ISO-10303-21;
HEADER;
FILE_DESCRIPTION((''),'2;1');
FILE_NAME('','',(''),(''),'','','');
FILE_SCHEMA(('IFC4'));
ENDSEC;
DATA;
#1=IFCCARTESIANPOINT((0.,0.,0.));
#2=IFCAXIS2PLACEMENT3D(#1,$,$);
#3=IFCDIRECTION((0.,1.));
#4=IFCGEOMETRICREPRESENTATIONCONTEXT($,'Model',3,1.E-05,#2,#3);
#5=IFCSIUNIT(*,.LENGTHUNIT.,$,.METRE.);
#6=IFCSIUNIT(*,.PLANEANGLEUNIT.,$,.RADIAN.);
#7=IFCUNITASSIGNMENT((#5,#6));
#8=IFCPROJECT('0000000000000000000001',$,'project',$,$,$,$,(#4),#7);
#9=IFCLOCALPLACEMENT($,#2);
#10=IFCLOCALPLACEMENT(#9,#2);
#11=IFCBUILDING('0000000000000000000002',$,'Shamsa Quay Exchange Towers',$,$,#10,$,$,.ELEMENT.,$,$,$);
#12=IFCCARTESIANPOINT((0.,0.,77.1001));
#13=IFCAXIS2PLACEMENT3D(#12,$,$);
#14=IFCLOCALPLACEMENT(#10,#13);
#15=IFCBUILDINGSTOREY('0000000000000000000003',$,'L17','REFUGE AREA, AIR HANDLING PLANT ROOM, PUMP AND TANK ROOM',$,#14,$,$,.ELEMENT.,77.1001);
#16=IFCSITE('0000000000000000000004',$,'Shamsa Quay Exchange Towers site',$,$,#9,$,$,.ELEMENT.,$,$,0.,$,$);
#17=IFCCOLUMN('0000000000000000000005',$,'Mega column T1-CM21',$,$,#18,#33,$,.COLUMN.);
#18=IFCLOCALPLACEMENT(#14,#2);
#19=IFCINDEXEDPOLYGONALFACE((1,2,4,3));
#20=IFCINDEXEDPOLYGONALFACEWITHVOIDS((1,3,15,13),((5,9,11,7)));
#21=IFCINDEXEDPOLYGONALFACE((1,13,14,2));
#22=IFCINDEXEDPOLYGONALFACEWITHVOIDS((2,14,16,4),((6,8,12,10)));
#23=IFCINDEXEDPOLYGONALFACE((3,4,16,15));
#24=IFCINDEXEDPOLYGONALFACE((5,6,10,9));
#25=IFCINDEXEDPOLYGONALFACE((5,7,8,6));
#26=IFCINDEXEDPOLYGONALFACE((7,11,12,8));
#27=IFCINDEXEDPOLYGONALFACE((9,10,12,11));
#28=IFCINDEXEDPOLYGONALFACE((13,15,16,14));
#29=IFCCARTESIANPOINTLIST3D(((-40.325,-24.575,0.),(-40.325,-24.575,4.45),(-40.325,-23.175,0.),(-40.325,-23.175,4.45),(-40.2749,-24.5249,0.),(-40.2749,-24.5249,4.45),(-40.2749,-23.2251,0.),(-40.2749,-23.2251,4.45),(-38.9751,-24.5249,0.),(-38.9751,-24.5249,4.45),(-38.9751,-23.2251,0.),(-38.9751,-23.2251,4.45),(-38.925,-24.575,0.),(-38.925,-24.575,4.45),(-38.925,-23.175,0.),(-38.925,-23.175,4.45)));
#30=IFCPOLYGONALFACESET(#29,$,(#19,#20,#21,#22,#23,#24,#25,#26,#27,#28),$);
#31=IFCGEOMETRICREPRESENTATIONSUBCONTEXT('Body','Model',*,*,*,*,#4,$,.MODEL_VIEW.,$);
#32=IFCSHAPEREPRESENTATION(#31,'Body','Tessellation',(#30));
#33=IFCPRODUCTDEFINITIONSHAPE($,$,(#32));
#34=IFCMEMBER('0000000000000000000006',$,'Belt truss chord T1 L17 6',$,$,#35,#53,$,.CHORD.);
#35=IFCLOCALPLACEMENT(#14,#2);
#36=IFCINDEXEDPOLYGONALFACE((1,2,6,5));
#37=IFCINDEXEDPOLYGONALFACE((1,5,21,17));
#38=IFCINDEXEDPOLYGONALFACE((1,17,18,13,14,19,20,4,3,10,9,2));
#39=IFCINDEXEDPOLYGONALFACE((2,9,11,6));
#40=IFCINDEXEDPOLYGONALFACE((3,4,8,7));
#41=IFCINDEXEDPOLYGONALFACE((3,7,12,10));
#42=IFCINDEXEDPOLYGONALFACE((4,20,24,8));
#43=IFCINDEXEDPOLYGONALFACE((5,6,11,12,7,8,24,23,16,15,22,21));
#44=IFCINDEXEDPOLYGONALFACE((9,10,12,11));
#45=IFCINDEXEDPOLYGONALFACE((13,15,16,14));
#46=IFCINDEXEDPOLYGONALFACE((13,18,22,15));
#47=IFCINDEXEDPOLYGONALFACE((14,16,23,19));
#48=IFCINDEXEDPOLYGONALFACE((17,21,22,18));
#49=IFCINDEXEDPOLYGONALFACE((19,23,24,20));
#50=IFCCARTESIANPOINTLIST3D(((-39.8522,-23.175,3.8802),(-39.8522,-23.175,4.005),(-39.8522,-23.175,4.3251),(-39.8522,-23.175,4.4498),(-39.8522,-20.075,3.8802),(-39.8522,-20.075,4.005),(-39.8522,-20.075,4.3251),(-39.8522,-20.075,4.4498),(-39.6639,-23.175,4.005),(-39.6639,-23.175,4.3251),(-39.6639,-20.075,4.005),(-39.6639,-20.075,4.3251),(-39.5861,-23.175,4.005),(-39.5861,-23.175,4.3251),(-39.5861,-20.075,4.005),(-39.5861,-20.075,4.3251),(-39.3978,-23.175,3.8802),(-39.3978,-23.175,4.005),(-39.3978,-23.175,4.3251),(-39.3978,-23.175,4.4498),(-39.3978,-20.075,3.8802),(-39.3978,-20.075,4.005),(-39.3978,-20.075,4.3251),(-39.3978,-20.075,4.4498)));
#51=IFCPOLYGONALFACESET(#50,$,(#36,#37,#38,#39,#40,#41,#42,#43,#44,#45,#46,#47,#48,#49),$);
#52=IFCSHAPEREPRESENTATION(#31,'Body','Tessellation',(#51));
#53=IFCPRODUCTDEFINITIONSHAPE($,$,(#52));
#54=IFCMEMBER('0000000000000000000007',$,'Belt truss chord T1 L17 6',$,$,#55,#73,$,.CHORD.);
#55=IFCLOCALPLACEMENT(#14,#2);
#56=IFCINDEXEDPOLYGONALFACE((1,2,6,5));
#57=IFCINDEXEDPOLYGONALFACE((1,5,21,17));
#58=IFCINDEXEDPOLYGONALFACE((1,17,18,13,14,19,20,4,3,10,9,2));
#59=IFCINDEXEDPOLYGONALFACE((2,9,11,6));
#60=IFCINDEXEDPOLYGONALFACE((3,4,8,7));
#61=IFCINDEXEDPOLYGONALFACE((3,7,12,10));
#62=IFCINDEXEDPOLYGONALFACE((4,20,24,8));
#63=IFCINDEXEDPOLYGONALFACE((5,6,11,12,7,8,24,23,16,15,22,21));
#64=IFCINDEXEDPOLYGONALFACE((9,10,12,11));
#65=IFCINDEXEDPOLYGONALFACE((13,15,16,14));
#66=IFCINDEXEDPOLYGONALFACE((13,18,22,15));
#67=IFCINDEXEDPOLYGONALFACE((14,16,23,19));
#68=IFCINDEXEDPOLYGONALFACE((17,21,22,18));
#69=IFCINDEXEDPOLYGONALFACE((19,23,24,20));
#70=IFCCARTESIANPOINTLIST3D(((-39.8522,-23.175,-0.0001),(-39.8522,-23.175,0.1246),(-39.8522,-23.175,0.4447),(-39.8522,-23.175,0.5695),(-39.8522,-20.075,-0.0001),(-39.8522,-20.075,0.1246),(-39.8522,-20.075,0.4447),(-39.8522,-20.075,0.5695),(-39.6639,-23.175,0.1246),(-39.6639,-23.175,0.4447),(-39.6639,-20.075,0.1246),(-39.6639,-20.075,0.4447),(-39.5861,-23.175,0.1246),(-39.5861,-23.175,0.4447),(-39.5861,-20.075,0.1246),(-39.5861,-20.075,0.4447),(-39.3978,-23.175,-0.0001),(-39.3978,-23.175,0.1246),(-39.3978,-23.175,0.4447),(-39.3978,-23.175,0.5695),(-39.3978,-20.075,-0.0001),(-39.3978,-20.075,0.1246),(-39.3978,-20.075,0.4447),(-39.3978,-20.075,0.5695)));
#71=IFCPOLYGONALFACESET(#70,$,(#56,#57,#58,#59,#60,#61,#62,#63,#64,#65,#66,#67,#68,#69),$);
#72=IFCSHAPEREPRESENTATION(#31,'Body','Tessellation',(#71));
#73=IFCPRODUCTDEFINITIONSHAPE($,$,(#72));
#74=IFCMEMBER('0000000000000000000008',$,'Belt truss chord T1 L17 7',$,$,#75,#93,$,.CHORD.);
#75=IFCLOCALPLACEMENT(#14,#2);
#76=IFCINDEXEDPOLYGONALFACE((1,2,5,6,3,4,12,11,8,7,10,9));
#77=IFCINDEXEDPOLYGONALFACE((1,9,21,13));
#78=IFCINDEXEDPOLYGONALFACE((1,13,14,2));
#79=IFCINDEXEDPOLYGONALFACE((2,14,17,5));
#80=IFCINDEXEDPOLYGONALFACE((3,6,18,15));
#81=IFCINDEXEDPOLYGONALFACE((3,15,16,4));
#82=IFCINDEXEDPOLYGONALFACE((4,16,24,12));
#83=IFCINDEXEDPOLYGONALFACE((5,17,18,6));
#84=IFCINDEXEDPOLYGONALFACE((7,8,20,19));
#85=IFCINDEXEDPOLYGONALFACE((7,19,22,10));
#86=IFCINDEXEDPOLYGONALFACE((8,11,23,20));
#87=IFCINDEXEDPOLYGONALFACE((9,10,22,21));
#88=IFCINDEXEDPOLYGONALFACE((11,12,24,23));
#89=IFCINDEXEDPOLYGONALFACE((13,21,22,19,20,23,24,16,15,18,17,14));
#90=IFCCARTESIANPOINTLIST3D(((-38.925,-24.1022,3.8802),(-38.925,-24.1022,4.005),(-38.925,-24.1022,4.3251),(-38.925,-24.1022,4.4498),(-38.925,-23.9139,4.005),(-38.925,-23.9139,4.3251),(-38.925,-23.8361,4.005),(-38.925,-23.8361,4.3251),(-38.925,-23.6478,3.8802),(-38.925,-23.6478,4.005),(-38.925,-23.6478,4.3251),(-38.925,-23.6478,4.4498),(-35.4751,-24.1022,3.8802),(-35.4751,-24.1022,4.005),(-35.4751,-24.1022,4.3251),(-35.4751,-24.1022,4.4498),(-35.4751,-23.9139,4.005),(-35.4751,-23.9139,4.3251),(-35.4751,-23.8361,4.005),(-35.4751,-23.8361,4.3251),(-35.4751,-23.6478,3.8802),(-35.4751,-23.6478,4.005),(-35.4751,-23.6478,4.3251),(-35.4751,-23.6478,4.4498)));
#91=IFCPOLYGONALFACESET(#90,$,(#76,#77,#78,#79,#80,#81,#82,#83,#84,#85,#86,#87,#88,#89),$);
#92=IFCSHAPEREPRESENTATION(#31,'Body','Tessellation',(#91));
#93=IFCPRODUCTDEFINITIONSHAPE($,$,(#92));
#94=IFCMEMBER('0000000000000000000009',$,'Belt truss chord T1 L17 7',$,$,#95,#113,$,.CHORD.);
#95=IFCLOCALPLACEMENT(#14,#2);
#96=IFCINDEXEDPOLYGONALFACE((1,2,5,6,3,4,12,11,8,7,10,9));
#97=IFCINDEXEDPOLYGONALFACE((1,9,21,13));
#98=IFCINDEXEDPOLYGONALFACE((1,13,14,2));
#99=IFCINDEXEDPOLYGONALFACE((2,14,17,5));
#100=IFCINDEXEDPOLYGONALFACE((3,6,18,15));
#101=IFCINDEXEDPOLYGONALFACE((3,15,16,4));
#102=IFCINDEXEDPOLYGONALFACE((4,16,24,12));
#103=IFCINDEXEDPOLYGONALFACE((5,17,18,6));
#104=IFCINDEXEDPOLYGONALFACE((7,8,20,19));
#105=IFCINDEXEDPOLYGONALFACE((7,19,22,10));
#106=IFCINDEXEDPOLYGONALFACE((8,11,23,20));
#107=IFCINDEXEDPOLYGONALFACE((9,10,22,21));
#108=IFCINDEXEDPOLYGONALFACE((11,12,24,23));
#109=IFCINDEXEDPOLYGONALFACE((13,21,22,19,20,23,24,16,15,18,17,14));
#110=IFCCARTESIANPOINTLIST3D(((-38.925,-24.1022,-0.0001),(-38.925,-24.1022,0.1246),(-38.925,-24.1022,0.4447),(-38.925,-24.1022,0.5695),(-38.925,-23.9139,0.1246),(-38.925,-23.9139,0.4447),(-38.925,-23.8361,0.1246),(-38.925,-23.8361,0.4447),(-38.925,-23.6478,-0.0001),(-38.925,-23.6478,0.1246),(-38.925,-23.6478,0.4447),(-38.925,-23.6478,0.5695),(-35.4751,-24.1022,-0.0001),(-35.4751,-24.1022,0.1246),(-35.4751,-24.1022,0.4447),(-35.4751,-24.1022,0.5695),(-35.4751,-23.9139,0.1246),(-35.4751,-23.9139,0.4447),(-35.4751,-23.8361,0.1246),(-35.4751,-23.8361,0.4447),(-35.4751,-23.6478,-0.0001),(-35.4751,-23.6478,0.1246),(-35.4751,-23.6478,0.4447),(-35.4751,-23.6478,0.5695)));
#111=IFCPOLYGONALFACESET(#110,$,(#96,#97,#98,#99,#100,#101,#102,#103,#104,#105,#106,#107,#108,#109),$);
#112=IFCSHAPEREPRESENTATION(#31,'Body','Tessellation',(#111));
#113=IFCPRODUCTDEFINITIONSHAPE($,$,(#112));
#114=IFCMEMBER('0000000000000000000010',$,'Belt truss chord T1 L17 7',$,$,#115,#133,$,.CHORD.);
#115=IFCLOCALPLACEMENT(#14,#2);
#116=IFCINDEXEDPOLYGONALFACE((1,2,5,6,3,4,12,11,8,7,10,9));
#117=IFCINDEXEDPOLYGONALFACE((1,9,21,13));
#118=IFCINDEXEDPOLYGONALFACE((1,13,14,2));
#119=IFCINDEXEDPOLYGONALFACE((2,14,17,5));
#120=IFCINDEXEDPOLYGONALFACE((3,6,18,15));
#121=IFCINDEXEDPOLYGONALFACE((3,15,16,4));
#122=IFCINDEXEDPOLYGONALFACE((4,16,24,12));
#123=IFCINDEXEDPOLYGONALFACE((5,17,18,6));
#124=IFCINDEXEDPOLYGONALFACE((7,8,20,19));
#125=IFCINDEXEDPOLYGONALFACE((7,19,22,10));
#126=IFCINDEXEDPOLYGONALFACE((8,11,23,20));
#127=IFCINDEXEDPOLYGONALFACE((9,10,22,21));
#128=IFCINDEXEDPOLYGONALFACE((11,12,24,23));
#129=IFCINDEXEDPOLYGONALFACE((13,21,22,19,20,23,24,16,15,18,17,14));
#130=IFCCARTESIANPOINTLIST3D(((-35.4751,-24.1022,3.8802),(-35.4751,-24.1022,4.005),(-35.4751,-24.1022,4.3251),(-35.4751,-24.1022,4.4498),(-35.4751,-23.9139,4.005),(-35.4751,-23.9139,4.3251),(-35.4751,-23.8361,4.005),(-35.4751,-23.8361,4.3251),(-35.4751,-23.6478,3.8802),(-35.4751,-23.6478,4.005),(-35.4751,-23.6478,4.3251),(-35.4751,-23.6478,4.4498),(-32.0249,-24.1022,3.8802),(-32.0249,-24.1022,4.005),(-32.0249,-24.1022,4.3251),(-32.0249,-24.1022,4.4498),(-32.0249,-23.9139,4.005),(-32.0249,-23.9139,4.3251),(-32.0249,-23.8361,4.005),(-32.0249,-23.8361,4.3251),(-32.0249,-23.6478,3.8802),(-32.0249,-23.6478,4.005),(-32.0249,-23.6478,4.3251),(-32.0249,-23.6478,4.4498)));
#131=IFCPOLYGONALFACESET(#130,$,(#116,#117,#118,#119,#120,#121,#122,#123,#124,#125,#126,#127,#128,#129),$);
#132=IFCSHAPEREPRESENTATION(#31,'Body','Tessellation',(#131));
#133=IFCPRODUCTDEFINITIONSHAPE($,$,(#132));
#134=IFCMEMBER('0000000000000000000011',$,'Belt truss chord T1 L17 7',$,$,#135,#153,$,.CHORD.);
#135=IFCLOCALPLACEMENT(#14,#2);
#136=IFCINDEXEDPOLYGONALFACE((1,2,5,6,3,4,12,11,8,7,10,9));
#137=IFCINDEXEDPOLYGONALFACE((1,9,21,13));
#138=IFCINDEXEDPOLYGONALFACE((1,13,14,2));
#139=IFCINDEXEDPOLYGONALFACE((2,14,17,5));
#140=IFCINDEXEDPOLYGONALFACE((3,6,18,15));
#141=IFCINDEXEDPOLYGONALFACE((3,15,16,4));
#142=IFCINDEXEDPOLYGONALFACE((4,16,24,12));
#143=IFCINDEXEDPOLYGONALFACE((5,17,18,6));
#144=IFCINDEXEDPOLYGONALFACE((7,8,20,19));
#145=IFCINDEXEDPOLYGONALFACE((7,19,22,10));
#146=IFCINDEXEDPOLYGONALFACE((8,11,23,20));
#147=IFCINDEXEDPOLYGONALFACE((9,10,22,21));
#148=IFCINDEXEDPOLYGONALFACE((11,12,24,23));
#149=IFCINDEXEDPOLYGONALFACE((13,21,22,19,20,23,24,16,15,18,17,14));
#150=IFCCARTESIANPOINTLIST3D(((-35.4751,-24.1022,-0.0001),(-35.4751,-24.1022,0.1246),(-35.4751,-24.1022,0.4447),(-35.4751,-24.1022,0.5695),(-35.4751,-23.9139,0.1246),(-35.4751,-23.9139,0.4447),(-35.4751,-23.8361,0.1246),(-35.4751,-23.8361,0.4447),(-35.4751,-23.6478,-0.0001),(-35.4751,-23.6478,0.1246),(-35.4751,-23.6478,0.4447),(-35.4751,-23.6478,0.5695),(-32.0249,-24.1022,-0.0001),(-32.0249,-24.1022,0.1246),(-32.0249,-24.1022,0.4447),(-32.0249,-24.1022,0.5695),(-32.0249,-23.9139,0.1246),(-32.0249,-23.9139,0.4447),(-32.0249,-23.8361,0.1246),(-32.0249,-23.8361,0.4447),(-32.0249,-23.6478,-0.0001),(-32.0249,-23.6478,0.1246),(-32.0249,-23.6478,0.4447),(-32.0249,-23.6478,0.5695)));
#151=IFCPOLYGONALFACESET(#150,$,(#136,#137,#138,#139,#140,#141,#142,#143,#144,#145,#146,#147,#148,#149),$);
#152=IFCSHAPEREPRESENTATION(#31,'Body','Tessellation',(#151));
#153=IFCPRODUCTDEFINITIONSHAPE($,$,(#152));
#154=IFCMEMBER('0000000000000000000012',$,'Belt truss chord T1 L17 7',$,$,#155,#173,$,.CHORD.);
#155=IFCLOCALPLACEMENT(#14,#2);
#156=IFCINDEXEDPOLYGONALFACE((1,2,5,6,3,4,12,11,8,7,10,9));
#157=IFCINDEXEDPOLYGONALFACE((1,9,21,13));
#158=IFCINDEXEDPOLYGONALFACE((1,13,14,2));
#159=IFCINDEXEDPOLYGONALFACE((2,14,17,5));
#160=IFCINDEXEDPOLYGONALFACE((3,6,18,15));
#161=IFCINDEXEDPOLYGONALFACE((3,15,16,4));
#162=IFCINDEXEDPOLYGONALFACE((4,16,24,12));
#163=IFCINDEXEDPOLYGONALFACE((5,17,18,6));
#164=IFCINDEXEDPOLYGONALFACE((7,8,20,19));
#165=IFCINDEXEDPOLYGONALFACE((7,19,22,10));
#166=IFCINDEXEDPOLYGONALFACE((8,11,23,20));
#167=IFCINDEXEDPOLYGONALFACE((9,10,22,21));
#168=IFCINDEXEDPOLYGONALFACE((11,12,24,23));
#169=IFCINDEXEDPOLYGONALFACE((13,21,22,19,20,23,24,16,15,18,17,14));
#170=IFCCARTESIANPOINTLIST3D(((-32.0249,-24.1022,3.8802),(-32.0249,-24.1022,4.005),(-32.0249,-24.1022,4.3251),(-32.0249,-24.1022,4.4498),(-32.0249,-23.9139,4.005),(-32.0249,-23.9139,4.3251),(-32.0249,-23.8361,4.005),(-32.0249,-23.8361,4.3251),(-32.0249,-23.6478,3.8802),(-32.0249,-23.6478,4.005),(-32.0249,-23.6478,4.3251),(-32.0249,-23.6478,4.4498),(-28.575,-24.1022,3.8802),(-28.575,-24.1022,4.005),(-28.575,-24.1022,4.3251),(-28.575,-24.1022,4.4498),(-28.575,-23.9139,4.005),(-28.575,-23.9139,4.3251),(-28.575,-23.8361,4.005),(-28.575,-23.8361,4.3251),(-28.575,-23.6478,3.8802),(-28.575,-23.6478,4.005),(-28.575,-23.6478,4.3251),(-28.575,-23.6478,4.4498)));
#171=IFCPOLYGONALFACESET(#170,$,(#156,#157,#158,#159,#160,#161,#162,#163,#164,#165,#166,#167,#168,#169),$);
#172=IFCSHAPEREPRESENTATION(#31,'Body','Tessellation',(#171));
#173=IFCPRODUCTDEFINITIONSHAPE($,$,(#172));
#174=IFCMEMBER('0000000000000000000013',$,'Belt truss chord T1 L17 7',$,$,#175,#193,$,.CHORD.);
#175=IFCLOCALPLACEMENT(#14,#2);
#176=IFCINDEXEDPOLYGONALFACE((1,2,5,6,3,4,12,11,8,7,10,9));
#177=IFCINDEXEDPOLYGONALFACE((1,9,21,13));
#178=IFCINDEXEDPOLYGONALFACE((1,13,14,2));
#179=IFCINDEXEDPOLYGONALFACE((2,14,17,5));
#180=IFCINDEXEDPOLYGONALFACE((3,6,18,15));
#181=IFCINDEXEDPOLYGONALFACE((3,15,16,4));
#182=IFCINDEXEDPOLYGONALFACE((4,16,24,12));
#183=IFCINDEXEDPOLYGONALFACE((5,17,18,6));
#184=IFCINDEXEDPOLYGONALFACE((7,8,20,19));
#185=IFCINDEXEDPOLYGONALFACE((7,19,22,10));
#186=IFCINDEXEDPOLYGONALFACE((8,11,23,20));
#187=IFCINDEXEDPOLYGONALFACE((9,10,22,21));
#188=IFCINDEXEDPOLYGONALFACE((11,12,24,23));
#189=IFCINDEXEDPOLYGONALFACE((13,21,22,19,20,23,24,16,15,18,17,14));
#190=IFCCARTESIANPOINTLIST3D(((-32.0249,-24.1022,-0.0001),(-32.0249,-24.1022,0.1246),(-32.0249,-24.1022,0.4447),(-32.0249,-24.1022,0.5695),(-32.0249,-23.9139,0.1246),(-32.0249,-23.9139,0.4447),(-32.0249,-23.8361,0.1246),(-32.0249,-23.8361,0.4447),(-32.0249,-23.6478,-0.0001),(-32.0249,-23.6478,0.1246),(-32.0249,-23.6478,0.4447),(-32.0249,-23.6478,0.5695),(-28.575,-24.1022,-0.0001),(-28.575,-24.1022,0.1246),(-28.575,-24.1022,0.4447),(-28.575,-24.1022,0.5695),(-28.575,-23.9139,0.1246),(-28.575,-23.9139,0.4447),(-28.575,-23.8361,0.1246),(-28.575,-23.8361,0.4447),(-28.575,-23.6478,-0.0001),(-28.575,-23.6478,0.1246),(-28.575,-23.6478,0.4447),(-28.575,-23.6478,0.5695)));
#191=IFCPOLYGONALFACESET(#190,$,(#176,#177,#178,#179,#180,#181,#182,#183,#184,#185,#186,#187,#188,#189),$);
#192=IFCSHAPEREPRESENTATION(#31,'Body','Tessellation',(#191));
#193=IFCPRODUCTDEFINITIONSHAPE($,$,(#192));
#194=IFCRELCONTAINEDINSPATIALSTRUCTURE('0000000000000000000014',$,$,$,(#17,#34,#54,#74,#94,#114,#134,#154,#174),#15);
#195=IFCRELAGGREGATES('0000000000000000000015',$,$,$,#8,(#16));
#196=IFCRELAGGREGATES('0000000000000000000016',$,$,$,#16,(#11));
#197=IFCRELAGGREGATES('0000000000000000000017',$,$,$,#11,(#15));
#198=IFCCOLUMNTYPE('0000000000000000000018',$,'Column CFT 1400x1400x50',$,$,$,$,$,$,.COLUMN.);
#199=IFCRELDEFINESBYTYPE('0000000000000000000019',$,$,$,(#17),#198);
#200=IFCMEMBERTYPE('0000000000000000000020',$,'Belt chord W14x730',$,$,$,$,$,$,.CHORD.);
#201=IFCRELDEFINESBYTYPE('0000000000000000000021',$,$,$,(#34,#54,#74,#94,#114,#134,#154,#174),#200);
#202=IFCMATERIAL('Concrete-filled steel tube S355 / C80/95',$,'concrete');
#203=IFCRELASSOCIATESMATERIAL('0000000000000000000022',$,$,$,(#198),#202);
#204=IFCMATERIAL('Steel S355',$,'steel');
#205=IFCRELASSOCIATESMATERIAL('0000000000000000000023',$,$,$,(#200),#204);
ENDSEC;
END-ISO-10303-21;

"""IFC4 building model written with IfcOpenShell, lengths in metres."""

from ifc_helpers import new_model, si_unit, direction, frame, origin, origin_2d, place, context, subcontext, project, spatial, hollow_rectangle, i_section, extrude, material, material_profile, profile_set, type_object, element, save


model = new_model("IFC4")

# Units and contexts
model_context = context("Model", 3, precision=1e-05, world=origin(), true_north=direction((0.0, 1.0)))
body_context = subcontext(model_context, "Body", "Model", "MODEL_VIEW")
ifc_project = project(units=[si_unit("LENGTHUNIT", "METRE"), si_unit("PLANEANGLEUNIT", "RADIAN")], contexts=[model_context])

# Site, building, storey
site_placement = place(None, origin())
site = spatial("IfcSite", under=ifc_project, at=site_placement, Name="Shamsa Quay Exchange Towers site", CompositionType="ELEMENT", RefElevation=0.0)
building_placement = place(site_placement, origin())
building = spatial("IfcBuilding", under=site, at=building_placement, Name="Shamsa Quay Exchange Towers", CompositionType="ELEMENT")
storey_placement = place(building_placement, frame((0.0, 0.0, 77.1001)))
storey = spatial("IfcBuildingStorey", under=building, at=storey_placement, Name="L17", Description="REFUGE AREA, AIR HANDLING PLANT ROOM, PUMP AND TANK ROOM", CompositionType="ELEMENT", Elevation=77.1001)

# Column
ifc_material_1 = material(Name="Concrete-filled steel tube S355 / C80/95", Category="concrete")
ifc_material_profile_1 = material_profile(ifc_material_1, hollow_rectangle(XDim=1.3999, YDim=1.3999, WallThickness=0.05, at=origin_2d()), Name="CFT 1400x1400x50")
ifc_profile_set_1 = profile_set([ifc_material_profile_1], Name="Concrete-filled steel tube S355 / C80/95")
column_type = type_object("IfcColumnType", Name="Column CFT 1400x1400x50", PredefinedType="COLUMN", material=ifc_profile_set_1)
column_placement = place(storey_placement, frame((-39.625, -23.875, 0.0)))
element("IfcColumn", 1, at=column_placement, inside=storey, type_object=column_type, Name="Mega column T1-CM21", PredefinedType="COLUMN", context=body_context, shape_type="SweptSolid", body=[
    extrude(hollow_rectangle(XDim=1.3999, YDim=1.3999, WallThickness=0.05, at=origin_2d()), origin(), (0.0, 0.0, 1.0), 4.45),
])

# Members
ifc_material_2 = material(Name="Steel S355", Category="steel")
ifc_material_profile_2 = material_profile(ifc_material_2, i_section(OverallWidth=0.4543, OverallDepth=0.5696, WebThickness=0.0779, FlangeThickness=0.1248, at=origin_2d()), Name="W14x730")
ifc_profile_set_2 = profile_set([ifc_material_profile_2], Name="Steel S355")
member_type_1 = type_object("IfcMemberType", Name="Belt chord W14x730", PredefinedType="CHORD", material=ifc_profile_set_2)
for number, where, z_axis, x_axis, name in (
    (2, (-39.625, -20.075, 4.165), (0.0, -1.0, 0.0), (1.0, 0.0, 0.0), "Belt truss chord T1 L17 6"),
    (3, (-39.625, -20.075, 0.2847), (0.0, -1.0, 0.0), (1.0, 0.0, 0.0), "Belt truss chord T1 L17 6"),
):
    element("IfcMember", number, at=place(storey_placement, frame(where, z_axis=z_axis, x_axis=x_axis)), inside=storey, type_object=member_type_1, Name=name, PredefinedType="CHORD", context=body_context, shape_type="SweptSolid", body=[
        extrude(i_section(OverallWidth=0.4543, OverallDepth=0.5696, WebThickness=0.0779, FlangeThickness=0.1248, at=origin_2d()), origin(), (0.0, 0.0, 1.0), 3.1001),
    ])
for number, where, z_axis, x_axis, name in (
    (4, (-38.925, -23.875, 4.165), (1.0, 0.0, 0.0), (0.0, 1.0, 0.0), "Belt truss chord T1 L17 7"),
    (5, (-38.925, -23.875, 0.2847), (1.0, 0.0, 0.0), (0.0, 1.0, 0.0), "Belt truss chord T1 L17 7"),
):
    element("IfcMember", number, at=place(storey_placement, frame(where, z_axis=z_axis, x_axis=x_axis)), inside=storey, type_object=member_type_1, Name=name, PredefinedType="CHORD", context=body_context, shape_type="SweptSolid", body=[
        extrude(i_section(OverallWidth=0.4543, OverallDepth=0.5696, WebThickness=0.0779, FlangeThickness=0.1248, at=origin_2d()), origin(), (0.0, 0.0, 1.0), 3.45),
    ])
for number, where, z_axis, x_axis, name in (
    (6, (-35.4751, -23.875, 4.165), (1.0, 0.0, 0.0), (0.0, 1.0, 0.0), "Belt truss chord T1 L17 7"),
    (7, (-35.4751, -23.875, 0.2847), (1.0, 0.0, 0.0), (0.0, 1.0, 0.0), "Belt truss chord T1 L17 7"),
):
    element("IfcMember", number, at=place(storey_placement, frame(where, z_axis=z_axis, x_axis=x_axis)), inside=storey, type_object=member_type_1, Name=name, PredefinedType="CHORD", context=body_context, shape_type="SweptSolid", body=[
        extrude(i_section(OverallWidth=0.4543, OverallDepth=0.5696, WebThickness=0.0779, FlangeThickness=0.1248, at=origin_2d()), origin(), (0.0, 0.0, 1.0), 3.4502),
    ])
for number, where, z_axis, x_axis, name in (
    (8, (-32.0249, -23.875, 4.165), (1.0, 0.0, 0.0), (0.0, 1.0, 0.0), "Belt truss chord T1 L17 7"),
    (9, (-32.0249, -23.875, 0.2847), (1.0, 0.0, 0.0), (0.0, 1.0, 0.0), "Belt truss chord T1 L17 7"),
):
    element("IfcMember", number, at=place(storey_placement, frame(where, z_axis=z_axis, x_axis=x_axis)), inside=storey, type_object=member_type_1, Name=name, PredefinedType="CHORD", context=body_context, shape_type="SweptSolid", body=[
        extrude(i_section(OverallWidth=0.4543, OverallDepth=0.5696, WebThickness=0.0779, FlangeThickness=0.1248, at=origin_2d()), origin(), (0.0, 0.0, 1.0), 3.45),
    ])

save(model, "model.ifc")
